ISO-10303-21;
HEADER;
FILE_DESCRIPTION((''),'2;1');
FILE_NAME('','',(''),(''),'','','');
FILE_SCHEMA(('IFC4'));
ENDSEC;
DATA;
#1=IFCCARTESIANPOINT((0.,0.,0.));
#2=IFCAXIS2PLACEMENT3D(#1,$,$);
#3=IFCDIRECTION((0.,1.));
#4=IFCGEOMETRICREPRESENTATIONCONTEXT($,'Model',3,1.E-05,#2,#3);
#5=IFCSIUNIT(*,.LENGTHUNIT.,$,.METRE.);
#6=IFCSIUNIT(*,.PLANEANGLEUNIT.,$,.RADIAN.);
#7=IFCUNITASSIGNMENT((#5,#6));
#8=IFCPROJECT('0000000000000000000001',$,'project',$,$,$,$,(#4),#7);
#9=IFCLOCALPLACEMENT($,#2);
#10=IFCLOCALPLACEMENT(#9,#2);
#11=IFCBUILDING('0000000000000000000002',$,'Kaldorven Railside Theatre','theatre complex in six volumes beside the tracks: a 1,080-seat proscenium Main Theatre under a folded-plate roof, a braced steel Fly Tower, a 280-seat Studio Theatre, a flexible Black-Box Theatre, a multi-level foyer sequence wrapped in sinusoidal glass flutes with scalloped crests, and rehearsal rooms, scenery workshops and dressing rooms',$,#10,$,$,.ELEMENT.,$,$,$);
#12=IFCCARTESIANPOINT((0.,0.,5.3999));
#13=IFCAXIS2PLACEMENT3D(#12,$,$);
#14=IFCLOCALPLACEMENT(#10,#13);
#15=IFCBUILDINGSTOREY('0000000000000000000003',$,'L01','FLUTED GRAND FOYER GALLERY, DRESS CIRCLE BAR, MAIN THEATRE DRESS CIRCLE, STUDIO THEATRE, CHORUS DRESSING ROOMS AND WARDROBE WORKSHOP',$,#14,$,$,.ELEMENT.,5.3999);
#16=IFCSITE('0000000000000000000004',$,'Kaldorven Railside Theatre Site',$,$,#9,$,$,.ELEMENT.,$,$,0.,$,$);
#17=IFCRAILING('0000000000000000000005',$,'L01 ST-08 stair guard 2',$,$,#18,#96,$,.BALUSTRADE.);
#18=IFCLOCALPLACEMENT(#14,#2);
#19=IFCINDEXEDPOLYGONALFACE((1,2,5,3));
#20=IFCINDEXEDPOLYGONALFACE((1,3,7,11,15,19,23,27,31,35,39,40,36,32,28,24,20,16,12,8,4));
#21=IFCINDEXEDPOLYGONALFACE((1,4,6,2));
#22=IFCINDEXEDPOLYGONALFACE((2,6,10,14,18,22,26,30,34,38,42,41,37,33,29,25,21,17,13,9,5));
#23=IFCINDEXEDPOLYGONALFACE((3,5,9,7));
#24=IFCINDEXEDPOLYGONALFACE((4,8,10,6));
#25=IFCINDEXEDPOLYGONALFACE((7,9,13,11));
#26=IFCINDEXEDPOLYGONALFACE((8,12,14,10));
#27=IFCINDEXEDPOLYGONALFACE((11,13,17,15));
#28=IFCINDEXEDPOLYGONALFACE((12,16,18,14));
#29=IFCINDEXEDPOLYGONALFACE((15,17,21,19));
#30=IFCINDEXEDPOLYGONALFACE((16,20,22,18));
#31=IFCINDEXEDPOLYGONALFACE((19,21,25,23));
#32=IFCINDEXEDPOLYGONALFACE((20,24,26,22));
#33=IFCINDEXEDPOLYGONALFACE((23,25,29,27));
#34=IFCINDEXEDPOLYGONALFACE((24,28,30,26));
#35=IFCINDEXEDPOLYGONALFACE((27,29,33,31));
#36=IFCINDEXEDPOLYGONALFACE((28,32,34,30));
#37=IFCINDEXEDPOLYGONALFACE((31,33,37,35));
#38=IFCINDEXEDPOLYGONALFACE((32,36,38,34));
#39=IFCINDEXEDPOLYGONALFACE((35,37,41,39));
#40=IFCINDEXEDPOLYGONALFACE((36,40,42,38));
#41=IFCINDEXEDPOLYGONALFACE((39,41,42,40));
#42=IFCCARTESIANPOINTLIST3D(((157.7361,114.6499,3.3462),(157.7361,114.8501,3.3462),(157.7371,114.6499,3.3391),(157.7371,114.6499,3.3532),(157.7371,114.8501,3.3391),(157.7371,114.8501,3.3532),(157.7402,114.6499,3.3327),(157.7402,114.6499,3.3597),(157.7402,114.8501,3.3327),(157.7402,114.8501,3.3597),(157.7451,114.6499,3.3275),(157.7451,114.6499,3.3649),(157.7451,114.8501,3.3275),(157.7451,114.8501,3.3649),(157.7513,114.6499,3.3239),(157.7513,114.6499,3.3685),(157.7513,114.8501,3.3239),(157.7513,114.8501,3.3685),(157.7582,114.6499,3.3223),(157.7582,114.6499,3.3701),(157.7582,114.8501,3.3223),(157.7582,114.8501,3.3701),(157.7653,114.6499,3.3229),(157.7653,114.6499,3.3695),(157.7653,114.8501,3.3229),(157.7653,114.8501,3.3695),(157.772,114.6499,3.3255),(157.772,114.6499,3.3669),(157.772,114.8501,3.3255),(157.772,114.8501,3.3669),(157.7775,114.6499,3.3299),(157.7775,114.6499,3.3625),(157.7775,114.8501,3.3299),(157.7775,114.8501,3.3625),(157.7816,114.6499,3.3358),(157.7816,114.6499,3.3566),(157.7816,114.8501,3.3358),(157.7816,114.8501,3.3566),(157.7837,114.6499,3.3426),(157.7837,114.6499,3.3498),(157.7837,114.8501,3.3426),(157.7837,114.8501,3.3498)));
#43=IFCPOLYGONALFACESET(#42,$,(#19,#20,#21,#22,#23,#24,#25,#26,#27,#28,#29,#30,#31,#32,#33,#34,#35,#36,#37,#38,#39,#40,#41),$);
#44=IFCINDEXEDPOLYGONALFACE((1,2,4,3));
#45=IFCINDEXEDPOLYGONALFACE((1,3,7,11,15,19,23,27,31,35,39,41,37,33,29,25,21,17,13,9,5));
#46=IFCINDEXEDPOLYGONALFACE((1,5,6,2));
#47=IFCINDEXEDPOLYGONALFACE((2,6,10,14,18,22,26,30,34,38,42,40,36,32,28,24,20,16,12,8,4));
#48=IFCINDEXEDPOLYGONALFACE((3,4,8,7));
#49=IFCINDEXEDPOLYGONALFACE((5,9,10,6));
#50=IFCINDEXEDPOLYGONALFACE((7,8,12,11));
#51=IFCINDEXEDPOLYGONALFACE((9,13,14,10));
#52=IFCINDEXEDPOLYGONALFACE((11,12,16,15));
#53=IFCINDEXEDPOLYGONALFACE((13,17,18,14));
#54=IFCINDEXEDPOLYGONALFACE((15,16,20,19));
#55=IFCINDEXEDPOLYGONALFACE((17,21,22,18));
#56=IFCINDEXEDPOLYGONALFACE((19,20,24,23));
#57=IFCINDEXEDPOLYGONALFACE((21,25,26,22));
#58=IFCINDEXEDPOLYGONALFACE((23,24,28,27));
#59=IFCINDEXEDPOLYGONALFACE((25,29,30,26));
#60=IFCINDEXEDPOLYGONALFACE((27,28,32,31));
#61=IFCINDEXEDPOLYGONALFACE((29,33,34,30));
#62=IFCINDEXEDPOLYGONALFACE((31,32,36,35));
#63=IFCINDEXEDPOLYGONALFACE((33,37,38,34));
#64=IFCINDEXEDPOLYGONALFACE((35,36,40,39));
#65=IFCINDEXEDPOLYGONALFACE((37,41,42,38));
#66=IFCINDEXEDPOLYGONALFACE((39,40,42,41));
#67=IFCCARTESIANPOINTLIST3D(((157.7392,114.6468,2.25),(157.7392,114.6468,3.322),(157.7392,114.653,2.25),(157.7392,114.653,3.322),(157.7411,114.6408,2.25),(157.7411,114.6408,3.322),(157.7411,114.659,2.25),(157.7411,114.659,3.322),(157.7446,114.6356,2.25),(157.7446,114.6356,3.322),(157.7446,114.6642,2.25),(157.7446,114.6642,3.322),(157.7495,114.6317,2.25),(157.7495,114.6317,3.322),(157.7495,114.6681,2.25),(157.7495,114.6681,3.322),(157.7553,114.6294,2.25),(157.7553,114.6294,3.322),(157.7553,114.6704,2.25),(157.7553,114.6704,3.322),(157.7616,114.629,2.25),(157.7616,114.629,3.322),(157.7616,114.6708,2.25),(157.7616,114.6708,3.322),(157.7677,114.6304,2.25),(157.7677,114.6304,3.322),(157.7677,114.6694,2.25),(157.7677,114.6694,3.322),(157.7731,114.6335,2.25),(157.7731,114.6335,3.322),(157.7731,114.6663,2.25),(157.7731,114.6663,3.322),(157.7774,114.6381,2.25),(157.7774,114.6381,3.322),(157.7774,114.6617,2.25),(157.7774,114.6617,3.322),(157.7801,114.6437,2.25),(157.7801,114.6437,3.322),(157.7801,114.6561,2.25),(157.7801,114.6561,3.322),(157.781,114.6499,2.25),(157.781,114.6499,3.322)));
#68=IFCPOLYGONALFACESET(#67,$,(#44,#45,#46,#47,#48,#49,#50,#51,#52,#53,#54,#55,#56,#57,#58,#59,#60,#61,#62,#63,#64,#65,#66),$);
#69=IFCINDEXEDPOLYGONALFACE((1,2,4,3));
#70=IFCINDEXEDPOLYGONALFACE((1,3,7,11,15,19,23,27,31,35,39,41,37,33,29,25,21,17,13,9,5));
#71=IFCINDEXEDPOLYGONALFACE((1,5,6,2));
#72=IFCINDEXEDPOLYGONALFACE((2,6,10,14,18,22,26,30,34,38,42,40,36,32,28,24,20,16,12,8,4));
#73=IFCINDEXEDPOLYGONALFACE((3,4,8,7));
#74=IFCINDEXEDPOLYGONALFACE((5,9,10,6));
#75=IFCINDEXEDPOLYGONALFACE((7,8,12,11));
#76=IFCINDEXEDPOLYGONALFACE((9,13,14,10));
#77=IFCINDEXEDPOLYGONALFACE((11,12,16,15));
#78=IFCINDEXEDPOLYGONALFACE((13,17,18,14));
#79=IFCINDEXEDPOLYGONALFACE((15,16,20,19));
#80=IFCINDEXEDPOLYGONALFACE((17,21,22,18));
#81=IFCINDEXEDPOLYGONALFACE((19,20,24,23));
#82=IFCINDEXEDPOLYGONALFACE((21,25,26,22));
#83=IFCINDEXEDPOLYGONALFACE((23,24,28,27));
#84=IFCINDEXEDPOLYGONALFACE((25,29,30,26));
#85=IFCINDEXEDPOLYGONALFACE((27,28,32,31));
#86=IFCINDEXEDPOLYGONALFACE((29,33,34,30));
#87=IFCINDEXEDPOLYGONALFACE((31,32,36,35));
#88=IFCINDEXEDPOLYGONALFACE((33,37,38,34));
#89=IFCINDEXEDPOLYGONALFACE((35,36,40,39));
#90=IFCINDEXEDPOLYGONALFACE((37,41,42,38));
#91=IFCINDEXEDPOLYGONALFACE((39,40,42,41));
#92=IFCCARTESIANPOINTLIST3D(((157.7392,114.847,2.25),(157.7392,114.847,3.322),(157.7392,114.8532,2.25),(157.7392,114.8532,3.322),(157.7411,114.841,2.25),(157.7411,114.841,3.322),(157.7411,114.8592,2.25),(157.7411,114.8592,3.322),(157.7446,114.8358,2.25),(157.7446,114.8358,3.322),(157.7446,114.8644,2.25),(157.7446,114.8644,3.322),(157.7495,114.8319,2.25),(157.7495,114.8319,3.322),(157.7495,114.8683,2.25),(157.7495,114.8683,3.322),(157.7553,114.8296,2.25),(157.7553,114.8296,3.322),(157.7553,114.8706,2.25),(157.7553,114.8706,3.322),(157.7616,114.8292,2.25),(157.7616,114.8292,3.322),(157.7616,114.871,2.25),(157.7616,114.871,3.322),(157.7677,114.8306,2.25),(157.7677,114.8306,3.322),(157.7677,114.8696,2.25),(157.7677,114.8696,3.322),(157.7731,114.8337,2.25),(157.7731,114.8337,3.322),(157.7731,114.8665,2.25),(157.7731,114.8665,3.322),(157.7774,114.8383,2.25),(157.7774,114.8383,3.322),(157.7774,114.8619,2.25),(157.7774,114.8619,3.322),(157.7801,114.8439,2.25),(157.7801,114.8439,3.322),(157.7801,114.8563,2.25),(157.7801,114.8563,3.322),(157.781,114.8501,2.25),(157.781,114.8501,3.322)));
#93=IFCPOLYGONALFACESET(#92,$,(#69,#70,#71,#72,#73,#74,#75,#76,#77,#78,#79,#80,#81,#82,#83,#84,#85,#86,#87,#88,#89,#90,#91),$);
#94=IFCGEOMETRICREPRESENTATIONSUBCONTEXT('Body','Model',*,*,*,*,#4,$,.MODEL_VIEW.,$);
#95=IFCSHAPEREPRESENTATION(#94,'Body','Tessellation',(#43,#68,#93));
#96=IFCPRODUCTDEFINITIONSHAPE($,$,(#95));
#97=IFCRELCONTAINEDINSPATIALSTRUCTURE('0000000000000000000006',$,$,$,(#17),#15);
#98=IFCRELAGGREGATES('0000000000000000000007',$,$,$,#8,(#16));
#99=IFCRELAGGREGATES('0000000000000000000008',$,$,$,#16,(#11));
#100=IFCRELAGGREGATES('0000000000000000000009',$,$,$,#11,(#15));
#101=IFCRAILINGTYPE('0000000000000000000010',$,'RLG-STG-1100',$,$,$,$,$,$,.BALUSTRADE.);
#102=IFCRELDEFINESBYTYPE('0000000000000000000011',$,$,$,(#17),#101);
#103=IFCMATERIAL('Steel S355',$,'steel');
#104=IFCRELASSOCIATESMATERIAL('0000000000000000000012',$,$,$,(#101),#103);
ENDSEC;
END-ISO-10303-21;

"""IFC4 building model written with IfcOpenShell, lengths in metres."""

from ifc_helpers import new_model, si_unit, direction, frame, origin, origin_2d, place, context, subcontext, project, spatial, circle, extrude, material, type_object, element, save


model = new_model("IFC4")

# Units and contexts
model_context = context("Model", 3, precision=1e-05, world=origin(), true_north=direction((0.0, 1.0)))
body_context = subcontext(model_context, "Body", "Model", "MODEL_VIEW")
ifc_project = project(units=[si_unit("LENGTHUNIT", "METRE"), si_unit("PLANEANGLEUNIT", "RADIAN")], contexts=[model_context])

# Site, building, storey
site_placement = place(None, origin())
site = spatial("IfcSite", under=ifc_project, at=site_placement, Name="Kaldorven Railside Theatre Site", CompositionType="ELEMENT", RefElevation=0.0)
building_placement = place(site_placement, origin())
building = spatial("IfcBuilding", under=site, at=building_placement, Name="Kaldorven Railside Theatre", Description="theatre complex in six volumes beside the tracks: a 1,080-seat proscenium Main Theatre under a folded-plate roof, a braced steel Fly Tower, a 280-seat Studio Theatre, a flexible Black-Box Theatre, a multi-level foyer sequence wrapped in sinusoidal glass flutes with scalloped crests, and rehearsal rooms, scenery workshops and dressing rooms", CompositionType="ELEMENT")
storey_placement = place(building_placement, frame((0.0, 0.0, 5.3999)))
storey = spatial("IfcBuildingStorey", under=building, at=storey_placement, Name="L01", Description="FLUTED GRAND FOYER GALLERY, DRESS CIRCLE BAR, MAIN THEATRE DRESS CIRCLE, STUDIO THEATRE, CHORUS DRESSING ROOMS AND WARDROBE WORKSHOP", CompositionType="ELEMENT", Elevation=5.3999)

# Shared definitions
ifc_material_1 = material(Name="Steel S355", Category="steel")

# Railing
railing_type_1 = type_object("IfcRailingType", Name="RLG-STG-1100", PredefinedType="BALUSTRADE", material=ifc_material_1)
railing_1_placement = place(storey_placement, frame((157.76, 114.6499, 2.25)))
element("IfcRailing", 1, at=railing_1_placement, inside=storey, type_object=railing_type_1, Name="L01 ST-08 stair guard 2", PredefinedType="BALUSTRADE", context=body_context, shape_type="SweptSolid", body=[
    extrude(circle(Radius=0.0239, at=origin_2d()), frame((0.0, 0.0, 1.0962), z_axis=(0.0, 1.0, 0.0), x_axis=(-1.0, 0.0, 0.0)), (0.0, 0.0, 1.0), 0.2002),
    extrude(circle(Radius=0.021, at=origin_2d()), origin(), (0.0, 0.0, 1.0), 1.072),
    extrude(circle(Radius=0.021, at=origin_2d()), frame((0.0, 0.2002, 0.0)), (0.0, 0.0, 1.0), 1.072),
])

save(model, "model.ifc")
